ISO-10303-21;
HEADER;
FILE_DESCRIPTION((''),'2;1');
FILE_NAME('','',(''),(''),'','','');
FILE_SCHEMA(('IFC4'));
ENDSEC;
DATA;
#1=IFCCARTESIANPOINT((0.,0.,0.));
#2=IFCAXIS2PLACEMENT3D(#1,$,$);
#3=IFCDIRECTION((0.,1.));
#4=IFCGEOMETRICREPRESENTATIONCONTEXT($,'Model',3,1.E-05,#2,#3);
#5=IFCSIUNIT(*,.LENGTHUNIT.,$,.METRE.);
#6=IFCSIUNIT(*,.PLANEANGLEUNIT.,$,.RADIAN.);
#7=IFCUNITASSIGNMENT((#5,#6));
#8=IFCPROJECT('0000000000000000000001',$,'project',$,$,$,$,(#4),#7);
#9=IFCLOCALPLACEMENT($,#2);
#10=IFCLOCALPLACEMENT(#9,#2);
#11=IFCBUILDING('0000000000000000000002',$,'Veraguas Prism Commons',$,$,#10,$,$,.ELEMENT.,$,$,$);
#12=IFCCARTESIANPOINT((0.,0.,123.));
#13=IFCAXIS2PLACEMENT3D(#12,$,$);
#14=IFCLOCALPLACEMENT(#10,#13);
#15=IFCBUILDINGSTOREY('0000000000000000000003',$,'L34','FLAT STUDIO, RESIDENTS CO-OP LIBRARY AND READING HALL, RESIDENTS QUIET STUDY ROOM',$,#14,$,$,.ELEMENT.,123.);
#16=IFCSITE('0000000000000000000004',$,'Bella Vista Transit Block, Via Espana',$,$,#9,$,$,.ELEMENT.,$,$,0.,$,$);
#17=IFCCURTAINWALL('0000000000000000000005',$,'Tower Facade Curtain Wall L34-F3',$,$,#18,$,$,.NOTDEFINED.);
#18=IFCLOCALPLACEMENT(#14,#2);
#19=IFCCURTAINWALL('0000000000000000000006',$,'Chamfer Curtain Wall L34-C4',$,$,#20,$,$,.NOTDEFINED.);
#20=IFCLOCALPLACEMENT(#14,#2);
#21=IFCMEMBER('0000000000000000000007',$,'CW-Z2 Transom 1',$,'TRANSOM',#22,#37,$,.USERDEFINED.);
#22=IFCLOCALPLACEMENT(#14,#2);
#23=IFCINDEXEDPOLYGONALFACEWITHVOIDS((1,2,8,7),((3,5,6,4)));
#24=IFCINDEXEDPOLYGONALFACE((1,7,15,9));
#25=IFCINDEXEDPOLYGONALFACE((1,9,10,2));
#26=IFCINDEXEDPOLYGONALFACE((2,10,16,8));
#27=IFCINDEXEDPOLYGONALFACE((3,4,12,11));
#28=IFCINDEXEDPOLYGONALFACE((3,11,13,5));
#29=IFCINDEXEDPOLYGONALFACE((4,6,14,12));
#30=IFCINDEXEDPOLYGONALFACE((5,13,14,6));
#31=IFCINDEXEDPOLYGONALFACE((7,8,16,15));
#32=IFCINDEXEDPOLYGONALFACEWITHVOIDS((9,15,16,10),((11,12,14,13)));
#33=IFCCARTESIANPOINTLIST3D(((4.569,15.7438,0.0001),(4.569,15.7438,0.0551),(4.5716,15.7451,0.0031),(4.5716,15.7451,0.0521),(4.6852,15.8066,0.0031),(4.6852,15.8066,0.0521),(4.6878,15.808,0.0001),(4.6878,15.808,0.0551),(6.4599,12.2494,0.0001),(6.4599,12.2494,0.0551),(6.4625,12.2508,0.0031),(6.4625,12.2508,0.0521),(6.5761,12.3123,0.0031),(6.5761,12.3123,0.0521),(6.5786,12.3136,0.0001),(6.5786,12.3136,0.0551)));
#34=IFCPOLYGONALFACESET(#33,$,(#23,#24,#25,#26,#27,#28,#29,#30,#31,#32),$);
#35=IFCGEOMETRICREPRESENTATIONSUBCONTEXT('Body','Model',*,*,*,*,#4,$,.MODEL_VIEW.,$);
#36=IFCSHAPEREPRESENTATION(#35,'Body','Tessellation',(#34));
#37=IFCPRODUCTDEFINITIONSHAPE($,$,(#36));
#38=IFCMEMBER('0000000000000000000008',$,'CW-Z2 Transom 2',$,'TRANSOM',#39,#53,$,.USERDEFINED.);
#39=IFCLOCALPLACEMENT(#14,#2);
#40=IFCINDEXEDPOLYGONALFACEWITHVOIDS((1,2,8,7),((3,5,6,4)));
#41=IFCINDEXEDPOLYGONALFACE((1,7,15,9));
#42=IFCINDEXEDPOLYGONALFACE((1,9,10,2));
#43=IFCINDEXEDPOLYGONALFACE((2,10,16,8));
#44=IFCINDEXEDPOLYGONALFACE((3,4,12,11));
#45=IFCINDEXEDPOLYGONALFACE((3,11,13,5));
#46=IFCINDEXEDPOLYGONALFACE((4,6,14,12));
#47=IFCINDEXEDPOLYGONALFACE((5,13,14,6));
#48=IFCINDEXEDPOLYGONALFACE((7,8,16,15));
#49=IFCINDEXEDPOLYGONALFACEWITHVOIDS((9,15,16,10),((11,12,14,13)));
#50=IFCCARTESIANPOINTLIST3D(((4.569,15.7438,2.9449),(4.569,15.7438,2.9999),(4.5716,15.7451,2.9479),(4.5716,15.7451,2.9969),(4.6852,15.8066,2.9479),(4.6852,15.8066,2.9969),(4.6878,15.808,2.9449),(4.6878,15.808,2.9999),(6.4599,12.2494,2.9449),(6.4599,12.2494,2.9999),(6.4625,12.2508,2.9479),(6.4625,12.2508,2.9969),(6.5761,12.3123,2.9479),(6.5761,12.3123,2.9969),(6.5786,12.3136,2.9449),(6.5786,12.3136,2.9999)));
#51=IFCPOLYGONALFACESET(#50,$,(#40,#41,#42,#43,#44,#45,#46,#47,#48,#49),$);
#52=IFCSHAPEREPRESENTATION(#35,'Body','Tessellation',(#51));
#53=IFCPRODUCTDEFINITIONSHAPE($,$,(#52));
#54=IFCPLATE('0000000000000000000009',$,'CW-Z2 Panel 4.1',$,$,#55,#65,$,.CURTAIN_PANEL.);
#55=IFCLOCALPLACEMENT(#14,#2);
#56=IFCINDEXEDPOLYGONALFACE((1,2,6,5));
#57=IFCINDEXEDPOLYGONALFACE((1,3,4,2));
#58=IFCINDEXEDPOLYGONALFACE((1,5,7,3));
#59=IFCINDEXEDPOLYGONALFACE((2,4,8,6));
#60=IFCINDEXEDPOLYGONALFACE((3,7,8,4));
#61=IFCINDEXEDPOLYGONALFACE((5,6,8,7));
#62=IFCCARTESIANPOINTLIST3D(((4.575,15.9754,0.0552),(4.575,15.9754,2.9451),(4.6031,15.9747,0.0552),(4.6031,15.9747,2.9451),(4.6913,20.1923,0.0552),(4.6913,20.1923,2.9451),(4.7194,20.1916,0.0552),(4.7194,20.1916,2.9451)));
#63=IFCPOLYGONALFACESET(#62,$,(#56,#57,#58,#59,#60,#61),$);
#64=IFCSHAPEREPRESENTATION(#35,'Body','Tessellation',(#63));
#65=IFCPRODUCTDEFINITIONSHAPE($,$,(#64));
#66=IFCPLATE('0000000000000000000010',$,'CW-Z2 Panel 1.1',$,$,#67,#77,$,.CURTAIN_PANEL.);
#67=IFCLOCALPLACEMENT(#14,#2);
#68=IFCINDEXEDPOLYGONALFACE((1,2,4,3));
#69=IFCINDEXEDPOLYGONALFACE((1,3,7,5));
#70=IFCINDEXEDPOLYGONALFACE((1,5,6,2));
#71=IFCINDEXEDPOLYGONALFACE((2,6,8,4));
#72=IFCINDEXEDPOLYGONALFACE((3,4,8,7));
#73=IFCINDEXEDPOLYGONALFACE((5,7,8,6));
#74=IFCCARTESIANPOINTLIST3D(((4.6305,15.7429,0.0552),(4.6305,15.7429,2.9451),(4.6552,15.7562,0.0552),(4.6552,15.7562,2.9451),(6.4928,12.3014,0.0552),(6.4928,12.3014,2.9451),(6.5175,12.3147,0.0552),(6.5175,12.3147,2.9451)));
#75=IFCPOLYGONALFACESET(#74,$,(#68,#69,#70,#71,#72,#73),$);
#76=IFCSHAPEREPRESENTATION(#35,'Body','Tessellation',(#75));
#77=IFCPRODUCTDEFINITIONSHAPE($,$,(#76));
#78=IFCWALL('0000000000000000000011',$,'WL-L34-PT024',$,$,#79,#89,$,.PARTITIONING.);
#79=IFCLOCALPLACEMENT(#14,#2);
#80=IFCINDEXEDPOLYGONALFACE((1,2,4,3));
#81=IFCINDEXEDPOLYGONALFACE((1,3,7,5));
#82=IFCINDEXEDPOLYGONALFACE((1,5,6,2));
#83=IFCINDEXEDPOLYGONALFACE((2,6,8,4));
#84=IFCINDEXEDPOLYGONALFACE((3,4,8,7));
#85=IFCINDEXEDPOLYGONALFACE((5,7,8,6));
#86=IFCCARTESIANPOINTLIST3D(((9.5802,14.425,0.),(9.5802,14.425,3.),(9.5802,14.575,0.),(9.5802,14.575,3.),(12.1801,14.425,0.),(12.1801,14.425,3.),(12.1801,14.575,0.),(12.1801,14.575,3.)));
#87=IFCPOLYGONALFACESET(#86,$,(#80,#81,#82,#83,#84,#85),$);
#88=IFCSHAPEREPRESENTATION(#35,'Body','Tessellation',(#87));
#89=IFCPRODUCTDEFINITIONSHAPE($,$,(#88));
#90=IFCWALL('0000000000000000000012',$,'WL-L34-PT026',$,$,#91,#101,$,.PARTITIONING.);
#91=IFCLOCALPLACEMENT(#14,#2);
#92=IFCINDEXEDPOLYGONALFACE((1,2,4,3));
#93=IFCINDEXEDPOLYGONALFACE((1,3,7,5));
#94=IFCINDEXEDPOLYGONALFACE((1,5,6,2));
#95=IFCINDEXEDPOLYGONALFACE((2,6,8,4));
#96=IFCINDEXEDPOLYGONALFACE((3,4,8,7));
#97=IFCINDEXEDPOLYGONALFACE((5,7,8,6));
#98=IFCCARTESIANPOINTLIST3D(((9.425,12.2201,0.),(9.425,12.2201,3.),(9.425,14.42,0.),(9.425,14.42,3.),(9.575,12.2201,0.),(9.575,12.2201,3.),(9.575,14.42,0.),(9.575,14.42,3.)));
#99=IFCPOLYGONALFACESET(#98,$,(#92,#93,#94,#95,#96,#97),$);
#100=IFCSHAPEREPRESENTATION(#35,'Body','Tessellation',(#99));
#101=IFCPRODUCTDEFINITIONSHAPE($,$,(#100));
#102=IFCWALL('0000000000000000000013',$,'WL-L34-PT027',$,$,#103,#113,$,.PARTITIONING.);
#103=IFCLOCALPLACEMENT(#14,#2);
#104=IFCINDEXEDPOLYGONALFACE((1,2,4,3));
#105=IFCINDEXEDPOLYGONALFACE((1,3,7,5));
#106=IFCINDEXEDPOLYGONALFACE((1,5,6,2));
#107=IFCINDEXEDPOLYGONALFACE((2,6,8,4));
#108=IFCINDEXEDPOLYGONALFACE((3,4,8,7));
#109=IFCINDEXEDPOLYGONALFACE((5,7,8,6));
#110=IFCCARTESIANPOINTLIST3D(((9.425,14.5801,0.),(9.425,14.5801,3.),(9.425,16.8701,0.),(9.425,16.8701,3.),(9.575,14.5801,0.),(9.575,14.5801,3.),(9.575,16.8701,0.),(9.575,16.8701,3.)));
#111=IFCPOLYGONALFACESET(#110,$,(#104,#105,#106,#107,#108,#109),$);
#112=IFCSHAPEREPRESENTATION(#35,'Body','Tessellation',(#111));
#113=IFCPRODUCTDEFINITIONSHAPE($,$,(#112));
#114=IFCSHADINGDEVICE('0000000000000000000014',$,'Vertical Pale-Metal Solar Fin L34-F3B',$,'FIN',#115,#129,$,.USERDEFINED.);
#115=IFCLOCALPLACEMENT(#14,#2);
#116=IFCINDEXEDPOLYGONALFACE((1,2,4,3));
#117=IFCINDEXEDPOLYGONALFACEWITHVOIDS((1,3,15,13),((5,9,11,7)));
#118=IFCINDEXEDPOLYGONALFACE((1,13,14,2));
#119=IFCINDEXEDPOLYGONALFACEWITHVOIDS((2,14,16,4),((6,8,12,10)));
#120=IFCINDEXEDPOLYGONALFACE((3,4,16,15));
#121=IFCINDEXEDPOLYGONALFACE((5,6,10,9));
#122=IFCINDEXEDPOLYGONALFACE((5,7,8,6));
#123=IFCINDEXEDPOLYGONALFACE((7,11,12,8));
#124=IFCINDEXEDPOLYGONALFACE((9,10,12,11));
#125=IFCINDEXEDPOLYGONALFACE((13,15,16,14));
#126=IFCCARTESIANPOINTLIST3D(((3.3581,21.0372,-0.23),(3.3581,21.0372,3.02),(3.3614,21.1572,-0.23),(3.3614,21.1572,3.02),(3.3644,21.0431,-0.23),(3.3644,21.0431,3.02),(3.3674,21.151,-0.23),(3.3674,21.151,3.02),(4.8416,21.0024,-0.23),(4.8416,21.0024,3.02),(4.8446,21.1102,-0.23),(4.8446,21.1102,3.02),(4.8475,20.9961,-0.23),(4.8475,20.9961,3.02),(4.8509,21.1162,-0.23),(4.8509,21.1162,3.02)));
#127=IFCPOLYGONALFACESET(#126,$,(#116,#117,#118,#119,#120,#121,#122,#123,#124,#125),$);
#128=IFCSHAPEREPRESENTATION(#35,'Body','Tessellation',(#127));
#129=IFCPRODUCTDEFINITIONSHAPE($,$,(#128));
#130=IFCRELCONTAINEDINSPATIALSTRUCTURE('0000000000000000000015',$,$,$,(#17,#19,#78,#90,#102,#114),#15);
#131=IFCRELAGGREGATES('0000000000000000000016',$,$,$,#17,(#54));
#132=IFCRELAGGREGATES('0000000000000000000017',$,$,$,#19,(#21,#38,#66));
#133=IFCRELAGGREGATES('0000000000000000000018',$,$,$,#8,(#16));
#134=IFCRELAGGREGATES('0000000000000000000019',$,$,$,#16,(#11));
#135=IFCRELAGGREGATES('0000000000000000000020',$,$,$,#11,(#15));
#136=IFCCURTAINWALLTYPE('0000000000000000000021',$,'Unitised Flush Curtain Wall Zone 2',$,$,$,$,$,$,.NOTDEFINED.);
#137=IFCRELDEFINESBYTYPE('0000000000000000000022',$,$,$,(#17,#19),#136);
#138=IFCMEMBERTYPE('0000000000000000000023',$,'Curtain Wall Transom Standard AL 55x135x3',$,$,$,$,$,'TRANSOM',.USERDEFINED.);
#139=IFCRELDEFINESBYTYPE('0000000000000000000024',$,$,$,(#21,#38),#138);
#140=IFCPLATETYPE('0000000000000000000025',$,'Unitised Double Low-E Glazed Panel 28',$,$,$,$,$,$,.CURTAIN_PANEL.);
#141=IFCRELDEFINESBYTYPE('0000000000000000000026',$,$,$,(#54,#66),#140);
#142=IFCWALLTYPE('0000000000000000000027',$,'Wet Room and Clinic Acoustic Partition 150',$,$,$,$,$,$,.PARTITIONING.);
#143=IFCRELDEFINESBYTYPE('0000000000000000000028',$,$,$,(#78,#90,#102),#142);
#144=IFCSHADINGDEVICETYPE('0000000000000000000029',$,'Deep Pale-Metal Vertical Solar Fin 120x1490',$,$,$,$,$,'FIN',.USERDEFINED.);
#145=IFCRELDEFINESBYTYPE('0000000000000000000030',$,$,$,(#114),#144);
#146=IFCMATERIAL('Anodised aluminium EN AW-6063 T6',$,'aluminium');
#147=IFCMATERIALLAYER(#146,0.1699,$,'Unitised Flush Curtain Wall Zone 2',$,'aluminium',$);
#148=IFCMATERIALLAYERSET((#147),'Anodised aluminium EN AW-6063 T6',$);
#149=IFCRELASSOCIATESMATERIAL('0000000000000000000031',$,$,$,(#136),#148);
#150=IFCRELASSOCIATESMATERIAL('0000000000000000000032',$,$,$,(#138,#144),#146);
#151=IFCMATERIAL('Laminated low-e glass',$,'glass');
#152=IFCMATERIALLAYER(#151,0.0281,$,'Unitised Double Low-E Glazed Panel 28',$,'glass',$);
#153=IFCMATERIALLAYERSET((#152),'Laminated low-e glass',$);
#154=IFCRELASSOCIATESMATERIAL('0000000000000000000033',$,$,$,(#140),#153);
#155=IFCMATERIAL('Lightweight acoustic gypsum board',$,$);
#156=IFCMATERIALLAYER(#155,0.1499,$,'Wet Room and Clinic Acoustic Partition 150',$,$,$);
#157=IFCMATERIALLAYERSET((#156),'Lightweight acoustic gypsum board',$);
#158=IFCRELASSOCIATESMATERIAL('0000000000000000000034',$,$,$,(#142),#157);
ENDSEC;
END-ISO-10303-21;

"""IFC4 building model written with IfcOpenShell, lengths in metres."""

from ifc_helpers import new_model, si_unit, direction, frame, frame_2d, origin, origin_2d, place, context, subcontext, project, spatial, rectangle, hollow_rectangle, extrude, source, transform, mapped, material, layer, layer_set, material_profile, profile_set, type_object, element, aggregate, save


model = new_model("IFC4")

# Units and contexts
model_context = context("Model", 3, precision=1e-05, world=origin(), true_north=direction((0.0, 1.0)))
body_context = subcontext(model_context, "Body", "Model", "MODEL_VIEW")
ifc_project = project(units=[si_unit("LENGTHUNIT", "METRE"), si_unit("PLANEANGLEUNIT", "RADIAN")], contexts=[model_context])

# Site, building, storey
site_placement = place(None, origin())
site = spatial("IfcSite", under=ifc_project, at=site_placement, Name="Bella Vista Transit Block, Via Espana", CompositionType="ELEMENT", RefElevation=0.0)
building_placement = place(site_placement, origin())
building = spatial("IfcBuilding", under=site, at=building_placement, Name="Veraguas Prism Commons", CompositionType="ELEMENT")
storey_placement = place(building_placement, frame((0.0, 0.0, 123.0)))
storey = spatial("IfcBuildingStorey", under=building, at=storey_placement, Name="L34", Description="FLAT STUDIO, RESIDENTS CO-OP LIBRARY AND READING HALL, RESIDENTS QUIET STUDY ROOM", CompositionType="ELEMENT", Elevation=123.0)

# Curtain wall
ifc_material_1 = material(Name="Anodised aluminium EN AW-6063 T6", Category="aluminium")
ifc_layer_1 = layer(ifc_material_1, 0.1699, Name="Unitised Flush Curtain Wall Zone 2", Category="aluminium")
ifc_layer_set_1 = layer_set([ifc_layer_1], Name="Anodised aluminium EN AW-6063 T6")
curtain_wall_type = type_object("IfcCurtainWallType", Name="Unitised Flush Curtain Wall Zone 2", PredefinedType="NOTDEFINED", material=ifc_layer_set_1)
curtain_wall_1_placement = place(storey_placement, origin())
curtain_wall_1 = element("IfcCurtainWall", 1, at=curtain_wall_1_placement, inside=storey, type_object=curtain_wall_type, Name="Tower Facade Curtain Wall L34-F3", PredefinedType="NOTDEFINED")

# Curtain wall
curtain_wall_2_placement = place(storey_placement, origin())
curtain_wall_2 = element("IfcCurtainWall", 2, at=curtain_wall_2_placement, inside=storey, type_object=curtain_wall_type, Name="Chamfer Curtain Wall L34-C4", PredefinedType="NOTDEFINED")

# Members
ifc_material_profile_1 = material_profile(ifc_material_1, hollow_rectangle(XDim=0.0549, YDim=0.135, WallThickness=0.0029, at=origin_2d()), Name="AL55X135X3")
ifc_profile_set_1 = profile_set([ifc_material_profile_1], Name="Anodised aluminium EN AW-6063 T6")
member_type_1 = type_object("IfcMemberType", Name="Curtain Wall Transom Standard AL 55x135x3", ElementType="TRANSOM", PredefinedType="USERDEFINED", material=ifc_profile_set_1)
shared_shape_1 = source(origin(), body_context, "Body", "SweptSolid", [
    extrude(hollow_rectangle(XDim=0.0549, YDim=0.135, WallThickness=0.0029, at=origin_2d()), origin(), (0.0, 0.0, 1.0), 3.9731),
])
member_1_placement = place(storey_placement, frame((4.6284, 15.7759, 0.0276), z_axis=(0.475909, -0.879495, 0.0), x_axis=(0.0, 0.0, 1.0)))
member_1 = element("IfcMember", 3, at=member_1_placement, type_object=member_type_1, Name="CW-Z2 Transom 1", ObjectType="TRANSOM", PredefinedType="USERDEFINED", context=body_context, shape_type="MappedRepresentation", body=[
    mapped(shared_shape_1, transform((0.0, 0.0, 0.0), scale=1.0)),
])
member_2_placement = place(storey_placement, frame((4.6284, 15.7759, 2.9724), z_axis=(0.475909, -0.879495, 0.0), x_axis=(0.0, 0.0, 1.0)))
member_2 = element("IfcMember", 4, at=member_2_placement, type_object=member_type_1, Name="CW-Z2 Transom 2", ObjectType="TRANSOM", PredefinedType="USERDEFINED", context=body_context, shape_type="MappedRepresentation", body=[
    mapped(shared_shape_1, transform((0.0, 0.0, 0.0), scale=1.0)),
])

# Plates
ifc_material_2 = material(Name="Laminated low-e glass", Category="glass")
ifc_layer_2 = layer(ifc_material_2, 0.0281, Name="Unitised Double Low-E Glazed Panel 28", Category="glass")
ifc_layer_set_2 = layer_set([ifc_layer_2], Name="Laminated low-e glass")
plate_type = type_object("IfcPlateType", Name="Unitised Double Low-E Glazed Panel 28", PredefinedType="CURTAIN_PANEL", material=ifc_layer_set_2)
shared_shape_2 = source(origin(), body_context, "Body", "SweptSolid", [
    extrude(rectangle(XDim=4.2185, YDim=0.0281, at=origin_2d()), origin(), (0.0, 0.0, 1.0), 2.8899),
])
plate_1_placement = place(storey_placement, frame((4.6472, 18.0835, 0.0552), z_axis=(0.0, 0.0, 1.0), x_axis=(-0.027567, -0.99962, 0.0)))
plate_1 = element("IfcPlate", 5, at=plate_1_placement, type_object=plate_type, Name="CW-Z2 Panel 4.1", PredefinedType="CURTAIN_PANEL", context=body_context, shape_type="MappedRepresentation", body=[
    mapped(shared_shape_2, transform((0.0, 0.0, 0.0), scale=1.0)),
])
aggregate(curtain_wall_1, [plate_1])
shared_shape_3 = source(origin(), body_context, "Body", "SweptSolid", [
    extrude(rectangle(XDim=3.9131, YDim=0.0281, at=origin_2d()), origin(), (0.0, 0.0, 1.0), 2.8899),
])
plate_2_placement = place(storey_placement, frame((5.574, 14.0288, 0.0552), z_axis=(0.0, 0.0, 1.0), x_axis=(0.47592, -0.879488, 0.0)))
plate_2 = element("IfcPlate", 6, at=plate_2_placement, type_object=plate_type, Name="CW-Z2 Panel 1.1", PredefinedType="CURTAIN_PANEL", context=body_context, shape_type="MappedRepresentation", body=[
    mapped(shared_shape_3, transform((0.0, 0.0, 0.0), scale=1.0)),
])
aggregate(curtain_wall_2, [member_1, member_2, plate_2])

# Walls
ifc_material_3 = material(Name="Lightweight acoustic gypsum board")
ifc_layer_3 = layer(ifc_material_3, 0.1499, Name="Wet Room and Clinic Acoustic Partition 150")
ifc_layer_set_3 = layer_set([ifc_layer_3], Name="Lightweight acoustic gypsum board")
wall_type = type_object("IfcWallType", Name="Wet Room and Clinic Acoustic Partition 150", PredefinedType="PARTITIONING", material=ifc_layer_set_3)
wall_1_placement = place(storey_placement, frame((12.1799, 14.5, 0.0), z_axis=(0.0, 0.0, 1.0), x_axis=(-1.0, 0.0, 0.0)))
element("IfcWall", 7, at=wall_1_placement, inside=storey, type_object=wall_type, Name="WL-L34-PT024", PredefinedType="PARTITIONING", context=body_context, shape_type="SweptSolid", body=[
    extrude(rectangle(XDim=2.5999, YDim=0.1499, at=frame_2d((1.2998, 0.0))), origin(), (0.0, 0.0, 1.0), 3.0),
])
wall_2_placement = place(storey_placement, frame((9.5, 12.22, 0.0), z_axis=(0.0, 0.0, 1.0), x_axis=(0.0, 1.0, 0.0)))
element("IfcWall", 8, at=wall_2_placement, inside=storey, type_object=wall_type, Name="WL-L34-PT026", PredefinedType="PARTITIONING", context=body_context, shape_type="SweptSolid", body=[
    extrude(rectangle(XDim=2.2, YDim=0.1499, at=frame_2d((1.1001, 0.0))), origin(), (0.0, 0.0, 1.0), 3.0),
])
wall_3_placement = place(storey_placement, frame((9.5, 14.5801, 0.0), z_axis=(0.0, 0.0, 1.0), x_axis=(0.0, 1.0, 0.0)))
element("IfcWall", 9, at=wall_3_placement, inside=storey, type_object=wall_type, Name="WL-L34-PT027", PredefinedType="PARTITIONING", context=body_context, shape_type="SweptSolid", body=[
    extrude(rectangle(XDim=2.29, YDim=0.1499, at=frame_2d((1.145, 0.0))), origin(), (0.0, 0.0, 1.0), 3.0),
])

# Shading device
ifc_material_profile_2 = material_profile(ifc_material_1, hollow_rectangle(XDim=0.1201, YDim=1.49, WallThickness=0.0061, at=origin_2d()), Name="FIN120X1490X6")
ifc_profile_set_2 = profile_set([ifc_material_profile_2], Name="Anodised aluminium EN AW-6063 T6")
shading_device_type = type_object("IfcShadingDeviceType", Name="Deep Pale-Metal Vertical Solar Fin 120x1490", ElementType="FIN", PredefinedType="USERDEFINED", material=ifc_profile_set_2)
shading_device_placement = place(storey_placement, frame((4.1045, 21.0767, -0.23), z_axis=(0.0, 0.0, 1.0), x_axis=(-0.027573, -0.99962, 0.0)))
element("IfcShadingDevice", 10, at=shading_device_placement, inside=storey, type_object=shading_device_type, Name="Vertical Pale-Metal Solar Fin L34-F3B", ObjectType="FIN", PredefinedType="USERDEFINED", context=body_context, shape_type="SweptSolid", body=[
    extrude(hollow_rectangle(XDim=0.1201, YDim=1.49, WallThickness=0.0061, at=origin_2d()), origin(), (0.0, 0.0, 1.0), 3.25),
])

save(model, "model.ifc")
